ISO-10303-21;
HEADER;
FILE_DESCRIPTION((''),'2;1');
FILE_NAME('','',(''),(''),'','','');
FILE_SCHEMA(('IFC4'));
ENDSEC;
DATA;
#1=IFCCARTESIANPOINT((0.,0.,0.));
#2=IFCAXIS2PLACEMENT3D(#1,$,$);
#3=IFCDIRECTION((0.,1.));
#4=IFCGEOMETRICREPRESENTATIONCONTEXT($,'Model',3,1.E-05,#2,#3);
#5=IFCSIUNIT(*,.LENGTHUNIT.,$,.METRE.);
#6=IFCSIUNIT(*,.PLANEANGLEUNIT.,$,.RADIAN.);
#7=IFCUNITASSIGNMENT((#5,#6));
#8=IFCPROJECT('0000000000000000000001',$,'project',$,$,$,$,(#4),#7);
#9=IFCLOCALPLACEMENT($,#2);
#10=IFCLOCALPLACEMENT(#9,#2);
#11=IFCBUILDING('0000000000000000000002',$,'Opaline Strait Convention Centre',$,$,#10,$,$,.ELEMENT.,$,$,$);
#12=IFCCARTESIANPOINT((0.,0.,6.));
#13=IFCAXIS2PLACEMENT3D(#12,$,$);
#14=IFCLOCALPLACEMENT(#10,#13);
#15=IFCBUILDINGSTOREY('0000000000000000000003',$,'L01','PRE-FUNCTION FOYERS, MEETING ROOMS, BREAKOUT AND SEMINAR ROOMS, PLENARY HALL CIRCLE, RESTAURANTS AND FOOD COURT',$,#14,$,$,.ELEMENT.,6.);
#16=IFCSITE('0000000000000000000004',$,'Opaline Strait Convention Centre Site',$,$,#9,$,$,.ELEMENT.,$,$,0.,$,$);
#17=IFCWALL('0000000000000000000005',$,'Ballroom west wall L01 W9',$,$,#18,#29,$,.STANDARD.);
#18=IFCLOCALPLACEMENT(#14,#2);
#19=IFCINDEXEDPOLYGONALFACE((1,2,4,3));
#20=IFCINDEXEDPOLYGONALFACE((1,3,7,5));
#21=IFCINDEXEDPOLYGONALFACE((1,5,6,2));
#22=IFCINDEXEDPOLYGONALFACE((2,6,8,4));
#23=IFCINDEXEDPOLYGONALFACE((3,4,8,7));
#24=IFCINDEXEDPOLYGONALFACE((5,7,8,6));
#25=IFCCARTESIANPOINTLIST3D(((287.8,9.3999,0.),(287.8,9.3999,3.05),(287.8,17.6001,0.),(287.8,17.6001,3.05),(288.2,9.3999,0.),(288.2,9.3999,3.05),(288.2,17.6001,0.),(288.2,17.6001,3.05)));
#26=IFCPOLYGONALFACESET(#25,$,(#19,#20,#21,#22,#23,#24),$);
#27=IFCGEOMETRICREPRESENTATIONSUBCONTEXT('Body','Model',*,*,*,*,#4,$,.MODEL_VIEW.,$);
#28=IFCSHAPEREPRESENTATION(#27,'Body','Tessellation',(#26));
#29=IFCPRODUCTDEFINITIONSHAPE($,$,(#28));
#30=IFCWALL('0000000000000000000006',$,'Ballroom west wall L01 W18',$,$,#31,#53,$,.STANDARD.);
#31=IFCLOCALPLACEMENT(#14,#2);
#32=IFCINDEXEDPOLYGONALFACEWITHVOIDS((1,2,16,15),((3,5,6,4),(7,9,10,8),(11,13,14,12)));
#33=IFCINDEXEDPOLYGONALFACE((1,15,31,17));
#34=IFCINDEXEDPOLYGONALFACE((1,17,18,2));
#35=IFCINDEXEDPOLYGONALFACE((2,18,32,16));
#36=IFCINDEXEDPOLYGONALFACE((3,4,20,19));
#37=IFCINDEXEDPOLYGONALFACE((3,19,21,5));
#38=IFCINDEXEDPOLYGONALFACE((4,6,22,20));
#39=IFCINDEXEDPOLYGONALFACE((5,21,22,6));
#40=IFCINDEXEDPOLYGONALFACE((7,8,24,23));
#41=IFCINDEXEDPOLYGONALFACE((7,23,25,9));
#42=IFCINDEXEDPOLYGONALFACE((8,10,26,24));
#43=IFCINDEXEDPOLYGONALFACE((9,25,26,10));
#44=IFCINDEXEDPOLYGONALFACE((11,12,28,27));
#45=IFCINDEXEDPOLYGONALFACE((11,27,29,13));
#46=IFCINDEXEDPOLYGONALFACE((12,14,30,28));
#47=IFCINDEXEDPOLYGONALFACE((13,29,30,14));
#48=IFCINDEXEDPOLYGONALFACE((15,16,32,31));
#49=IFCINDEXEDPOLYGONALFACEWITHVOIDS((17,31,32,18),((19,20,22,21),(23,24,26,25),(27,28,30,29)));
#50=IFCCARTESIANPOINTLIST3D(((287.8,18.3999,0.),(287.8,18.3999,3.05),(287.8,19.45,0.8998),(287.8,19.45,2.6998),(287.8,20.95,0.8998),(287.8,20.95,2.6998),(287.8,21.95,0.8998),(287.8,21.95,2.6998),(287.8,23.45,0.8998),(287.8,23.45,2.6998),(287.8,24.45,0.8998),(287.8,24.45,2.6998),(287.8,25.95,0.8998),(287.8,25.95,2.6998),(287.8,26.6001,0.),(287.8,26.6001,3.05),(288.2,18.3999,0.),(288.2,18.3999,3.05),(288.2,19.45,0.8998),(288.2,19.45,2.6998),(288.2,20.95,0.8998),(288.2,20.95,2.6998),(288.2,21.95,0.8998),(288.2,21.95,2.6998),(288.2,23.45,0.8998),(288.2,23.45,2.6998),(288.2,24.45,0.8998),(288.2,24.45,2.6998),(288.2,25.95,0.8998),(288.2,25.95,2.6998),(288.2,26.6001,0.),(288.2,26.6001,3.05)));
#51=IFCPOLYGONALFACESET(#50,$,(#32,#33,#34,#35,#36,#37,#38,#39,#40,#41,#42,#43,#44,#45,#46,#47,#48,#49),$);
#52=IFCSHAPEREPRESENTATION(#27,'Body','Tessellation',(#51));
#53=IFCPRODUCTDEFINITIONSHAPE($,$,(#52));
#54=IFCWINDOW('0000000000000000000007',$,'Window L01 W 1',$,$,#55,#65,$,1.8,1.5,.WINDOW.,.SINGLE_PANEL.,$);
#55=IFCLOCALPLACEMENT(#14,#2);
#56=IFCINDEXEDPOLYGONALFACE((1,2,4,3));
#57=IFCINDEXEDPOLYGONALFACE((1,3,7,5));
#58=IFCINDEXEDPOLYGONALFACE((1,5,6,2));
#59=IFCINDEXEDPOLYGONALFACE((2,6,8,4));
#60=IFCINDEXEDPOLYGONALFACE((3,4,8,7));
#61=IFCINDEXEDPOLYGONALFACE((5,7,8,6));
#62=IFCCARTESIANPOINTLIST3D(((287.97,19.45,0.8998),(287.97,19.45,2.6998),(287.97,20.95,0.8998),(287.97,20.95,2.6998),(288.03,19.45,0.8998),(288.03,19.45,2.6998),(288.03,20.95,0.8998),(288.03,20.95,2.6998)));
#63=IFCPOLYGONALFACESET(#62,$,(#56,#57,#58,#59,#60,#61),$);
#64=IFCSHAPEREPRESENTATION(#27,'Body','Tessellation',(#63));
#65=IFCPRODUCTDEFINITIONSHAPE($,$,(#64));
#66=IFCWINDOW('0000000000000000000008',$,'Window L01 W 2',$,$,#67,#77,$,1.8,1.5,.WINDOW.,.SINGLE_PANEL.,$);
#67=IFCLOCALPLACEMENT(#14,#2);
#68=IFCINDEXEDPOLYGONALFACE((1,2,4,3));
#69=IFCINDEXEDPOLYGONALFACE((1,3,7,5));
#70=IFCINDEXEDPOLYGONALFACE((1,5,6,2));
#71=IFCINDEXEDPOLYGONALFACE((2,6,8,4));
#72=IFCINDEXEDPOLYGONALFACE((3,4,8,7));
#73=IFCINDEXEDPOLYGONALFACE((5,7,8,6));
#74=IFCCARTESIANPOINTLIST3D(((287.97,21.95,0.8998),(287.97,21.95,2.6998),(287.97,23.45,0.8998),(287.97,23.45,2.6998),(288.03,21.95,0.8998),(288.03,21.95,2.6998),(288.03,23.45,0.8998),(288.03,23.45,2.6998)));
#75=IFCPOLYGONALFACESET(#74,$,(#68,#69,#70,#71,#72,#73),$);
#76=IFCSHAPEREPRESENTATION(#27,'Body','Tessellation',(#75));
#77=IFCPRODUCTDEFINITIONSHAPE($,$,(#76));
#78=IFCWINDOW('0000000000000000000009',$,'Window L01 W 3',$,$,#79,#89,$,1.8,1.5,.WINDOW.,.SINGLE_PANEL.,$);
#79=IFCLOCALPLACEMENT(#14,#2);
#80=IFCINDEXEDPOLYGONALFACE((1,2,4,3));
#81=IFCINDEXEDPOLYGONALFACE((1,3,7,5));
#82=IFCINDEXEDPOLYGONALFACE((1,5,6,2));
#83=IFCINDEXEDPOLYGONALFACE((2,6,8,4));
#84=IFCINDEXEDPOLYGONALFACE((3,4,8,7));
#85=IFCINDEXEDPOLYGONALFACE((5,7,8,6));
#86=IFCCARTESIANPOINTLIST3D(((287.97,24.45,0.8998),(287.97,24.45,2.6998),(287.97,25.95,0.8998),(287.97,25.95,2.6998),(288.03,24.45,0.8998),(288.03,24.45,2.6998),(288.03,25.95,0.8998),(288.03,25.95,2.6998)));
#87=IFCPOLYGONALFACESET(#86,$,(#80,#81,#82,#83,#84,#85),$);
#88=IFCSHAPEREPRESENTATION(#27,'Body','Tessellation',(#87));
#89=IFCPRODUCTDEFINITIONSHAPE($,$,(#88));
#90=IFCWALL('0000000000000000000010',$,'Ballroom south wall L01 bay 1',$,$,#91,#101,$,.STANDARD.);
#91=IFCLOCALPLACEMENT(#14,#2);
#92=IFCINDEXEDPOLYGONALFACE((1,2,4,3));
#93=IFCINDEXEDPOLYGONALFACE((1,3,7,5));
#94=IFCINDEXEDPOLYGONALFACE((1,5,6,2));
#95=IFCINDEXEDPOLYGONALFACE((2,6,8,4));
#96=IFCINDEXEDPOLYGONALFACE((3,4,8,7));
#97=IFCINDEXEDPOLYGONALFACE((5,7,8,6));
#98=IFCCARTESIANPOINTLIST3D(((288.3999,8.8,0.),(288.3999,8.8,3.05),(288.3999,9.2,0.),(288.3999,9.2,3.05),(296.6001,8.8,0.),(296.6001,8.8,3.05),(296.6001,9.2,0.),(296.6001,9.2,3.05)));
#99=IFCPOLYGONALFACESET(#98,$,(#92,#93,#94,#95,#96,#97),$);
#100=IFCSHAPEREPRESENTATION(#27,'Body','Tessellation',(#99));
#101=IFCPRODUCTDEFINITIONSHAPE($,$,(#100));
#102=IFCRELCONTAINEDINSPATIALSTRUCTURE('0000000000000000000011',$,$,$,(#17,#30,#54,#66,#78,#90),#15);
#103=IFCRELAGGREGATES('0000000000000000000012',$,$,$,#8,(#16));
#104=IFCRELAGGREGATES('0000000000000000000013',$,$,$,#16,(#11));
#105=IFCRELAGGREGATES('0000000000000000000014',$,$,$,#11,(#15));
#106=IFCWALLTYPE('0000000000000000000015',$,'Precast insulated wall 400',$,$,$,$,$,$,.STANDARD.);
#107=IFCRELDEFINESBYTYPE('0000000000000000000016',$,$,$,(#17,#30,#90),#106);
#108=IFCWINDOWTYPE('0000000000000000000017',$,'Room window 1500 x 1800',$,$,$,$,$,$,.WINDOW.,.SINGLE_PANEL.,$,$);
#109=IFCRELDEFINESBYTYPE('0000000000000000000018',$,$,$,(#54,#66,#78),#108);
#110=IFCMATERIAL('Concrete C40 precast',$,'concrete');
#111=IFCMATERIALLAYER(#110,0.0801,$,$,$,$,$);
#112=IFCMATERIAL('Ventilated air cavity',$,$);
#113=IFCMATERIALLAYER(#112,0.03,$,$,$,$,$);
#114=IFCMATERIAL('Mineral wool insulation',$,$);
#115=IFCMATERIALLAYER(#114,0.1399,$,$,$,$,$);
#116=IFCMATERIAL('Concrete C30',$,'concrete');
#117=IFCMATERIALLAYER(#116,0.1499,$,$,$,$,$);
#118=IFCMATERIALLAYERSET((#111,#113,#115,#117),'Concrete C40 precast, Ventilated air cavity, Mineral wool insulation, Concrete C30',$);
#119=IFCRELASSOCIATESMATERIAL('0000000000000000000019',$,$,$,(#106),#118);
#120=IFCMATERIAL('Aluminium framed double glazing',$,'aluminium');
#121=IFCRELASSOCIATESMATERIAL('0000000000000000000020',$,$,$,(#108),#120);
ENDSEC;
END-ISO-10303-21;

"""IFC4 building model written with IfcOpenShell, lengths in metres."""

from ifc_helpers import new_model, si_unit, direction, frame, frame_2d, origin, place, context, subcontext, project, spatial, rectangle, extrude, material, layer, layer_set, type_object, element, fill, save


model = new_model("IFC4")

# Units and contexts
model_context = context("Model", 3, precision=1e-05, world=origin(), true_north=direction((0.0, 1.0)))
body_context = subcontext(model_context, "Body", "Model", "MODEL_VIEW")
ifc_project = project(units=[si_unit("LENGTHUNIT", "METRE"), si_unit("PLANEANGLEUNIT", "RADIAN")], contexts=[model_context])

# Site, building, storey
site_placement = place(None, origin())
site = spatial("IfcSite", under=ifc_project, at=site_placement, Name="Opaline Strait Convention Centre Site", CompositionType="ELEMENT", RefElevation=0.0)
building_placement = place(site_placement, origin())
building = spatial("IfcBuilding", under=site, at=building_placement, Name="Opaline Strait Convention Centre", CompositionType="ELEMENT")
storey_placement = place(building_placement, frame((0.0, 0.0, 6.0)))
storey = spatial("IfcBuildingStorey", under=building, at=storey_placement, Name="L01", Description="PRE-FUNCTION FOYERS, MEETING ROOMS, BREAKOUT AND SEMINAR ROOMS, PLENARY HALL CIRCLE, RESTAURANTS AND FOOD COURT", CompositionType="ELEMENT", Elevation=6.0)

# Wall
ifc_material_1 = material(Name="Concrete C40 precast", Category="concrete")
ifc_material_2 = material(Name="Mineral wool insulation")
ifc_material_3 = material(Name="Concrete C30", Category="concrete")
ifc_layer_1 = layer(ifc_material_1, 0.0801)
ifc_material_4 = material(Name="Ventilated air cavity")
ifc_layer_2 = layer(ifc_material_4, 0.03)
ifc_layer_3 = layer(ifc_material_2, 0.1399)
ifc_layer_4 = layer(ifc_material_3, 0.1499)
ifc_layer_set_1 = layer_set([ifc_layer_1, ifc_layer_2, ifc_layer_3, ifc_layer_4], Name="Concrete C40 precast, Ventilated air cavity, Mineral wool insulation, Concrete C30")
wall_type_1 = type_object("IfcWallType", Name="Precast insulated wall 400", PredefinedType="STANDARD", material=ifc_layer_set_1)
wall_1_placement = place(storey_placement, frame((288.0, 9.3999, 0.0), z_axis=(0.0, 0.0, 1.0), x_axis=(0.0, 1.0, 0.0)))
element("IfcWall", 1, at=wall_1_placement, inside=storey, type_object=wall_type_1, Name="Ballroom west wall L01 W9", PredefinedType="STANDARD", context=body_context, shape_type="SweptSolid", body=[
    extrude(rectangle(XDim=8.2002, YDim=0.3999, at=frame_2d((4.1001, 0.0))), origin(), (0.0, 0.0, 1.0), 3.05),
])

# Wall, openings, windows
wall_2_placement = place(storey_placement, frame((288.0, 18.3999, 0.0), z_axis=(0.0, 0.0, 1.0), x_axis=(0.0, 1.0, 0.0)))
wall_2 = element("IfcWall", 2, at=wall_2_placement, inside=storey, type_object=wall_type_1, Name="Ballroom west wall L01 W18", PredefinedType="STANDARD", context=body_context, shape_type="SweptSolid", body=[
    extrude(rectangle(XDim=8.2002, YDim=0.3999, at=frame_2d((4.1001, 0.0))), origin(), (0.0, 0.0, 1.0), 3.05),
])
opening_1_placement = place(wall_2_placement, frame((1.05, 0.0, 0.8999)))
opening_1 = element("IfcOpeningElement", 3, at=opening_1_placement, cuts=wall_2, PredefinedType="OPENING", context=body_context, shape_type="SweptSolid", body=[
    extrude(rectangle(XDim=1.5, YDim=1.8, at=frame_2d((0.75, 0.8999))), frame((0.0, 0.21, 0.0), z_axis=(0.0, -1.0, 0.0), x_axis=(1.0, 0.0, 0.0)), (0.0, 0.0, 1.0), 0.4199),
])
opening_2_placement = place(wall_2_placement, frame((3.55, 0.0, 0.8999)))
opening_2 = element("IfcOpeningElement", 4, at=opening_2_placement, cuts=wall_2, PredefinedType="OPENING", context=body_context, shape_type="SweptSolid", body=[
    extrude(rectangle(XDim=1.5, YDim=1.8, at=frame_2d((0.75, 0.8999))), frame((0.0, 0.21, 0.0), z_axis=(0.0, -1.0, 0.0), x_axis=(1.0, 0.0, 0.0)), (0.0, 0.0, 1.0), 0.4199),
])
opening_3_placement = place(wall_2_placement, frame((6.05, 0.0, 0.8999)))
opening_3 = element("IfcOpeningElement", 5, at=opening_3_placement, cuts=wall_2, PredefinedType="OPENING", context=body_context, shape_type="SweptSolid", body=[
    extrude(rectangle(XDim=1.5, YDim=1.8, at=frame_2d((0.75, 0.8999))), frame((0.0, 0.21, 0.0), z_axis=(0.0, -1.0, 0.0), x_axis=(1.0, 0.0, 0.0)), (0.0, 0.0, 1.0), 0.4199),
])
ifc_material_5 = material(Name="Aluminium framed double glazing", Category="aluminium")
window_type = type_object("IfcWindowType", Name="Room window 1500 x 1800", PartitioningType="SINGLE_PANEL", PredefinedType="WINDOW", material=ifc_material_5)
window_1_placement = place(opening_1_placement, origin())
window_1 = element("IfcWindow", 6, at=window_1_placement, inside=storey, type_object=window_type, Name="Window L01 W 1", OverallHeight=1.8, OverallWidth=1.5, PartitioningType="SINGLE_PANEL", PredefinedType="WINDOW", context=body_context, shape_type="SweptSolid", body=[
    extrude(rectangle(XDim=1.5, YDim=1.8, at=frame_2d((0.75, 0.8999))), frame((0.0, 0.03, 0.0), z_axis=(0.0, -1.0, 0.0), x_axis=(1.0, 0.0, 0.0)), (0.0, 0.0, 1.0), 0.0601),
])
fill(opening_1, window_1)
window_2_placement = place(opening_2_placement, origin())
window_2 = element("IfcWindow", 7, at=window_2_placement, inside=storey, type_object=window_type, Name="Window L01 W 2", OverallHeight=1.8, OverallWidth=1.5, PartitioningType="SINGLE_PANEL", PredefinedType="WINDOW", context=body_context, shape_type="SweptSolid", body=[
    extrude(rectangle(XDim=1.5, YDim=1.8, at=frame_2d((0.75, 0.8999))), frame((0.0, 0.03, 0.0), z_axis=(0.0, -1.0, 0.0), x_axis=(1.0, 0.0, 0.0)), (0.0, 0.0, 1.0), 0.0601),
])
fill(opening_2, window_2)
window_3_placement = place(opening_3_placement, origin())
window_3 = element("IfcWindow", 8, at=window_3_placement, inside=storey, type_object=window_type, Name="Window L01 W 3", OverallHeight=1.8, OverallWidth=1.5, PartitioningType="SINGLE_PANEL", PredefinedType="WINDOW", context=body_context, shape_type="SweptSolid", body=[
    extrude(rectangle(XDim=1.5, YDim=1.8, at=frame_2d((0.75, 0.8999))), frame((0.0, 0.03, 0.0), z_axis=(0.0, -1.0, 0.0), x_axis=(1.0, 0.0, 0.0)), (0.0, 0.0, 1.0), 0.0601),
])
fill(opening_3, window_3)

# Wall
wall_3_placement = place(storey_placement, frame((288.3999, 9.0, 0.0), z_axis=(0.0, 0.0, 1.0), x_axis=(1.0, 0.0, 0.0)))
element("IfcWall", 9, at=wall_3_placement, inside=storey, type_object=wall_type_1, Name="Ballroom south wall L01 bay 1", PredefinedType="STANDARD", context=body_context, shape_type="SweptSolid", body=[
    extrude(rectangle(XDim=8.2002, YDim=0.3999, at=frame_2d((4.1001, 0.0))), origin(), (0.0, 0.0, 1.0), 3.05),
])

save(model, "model.ifc")
